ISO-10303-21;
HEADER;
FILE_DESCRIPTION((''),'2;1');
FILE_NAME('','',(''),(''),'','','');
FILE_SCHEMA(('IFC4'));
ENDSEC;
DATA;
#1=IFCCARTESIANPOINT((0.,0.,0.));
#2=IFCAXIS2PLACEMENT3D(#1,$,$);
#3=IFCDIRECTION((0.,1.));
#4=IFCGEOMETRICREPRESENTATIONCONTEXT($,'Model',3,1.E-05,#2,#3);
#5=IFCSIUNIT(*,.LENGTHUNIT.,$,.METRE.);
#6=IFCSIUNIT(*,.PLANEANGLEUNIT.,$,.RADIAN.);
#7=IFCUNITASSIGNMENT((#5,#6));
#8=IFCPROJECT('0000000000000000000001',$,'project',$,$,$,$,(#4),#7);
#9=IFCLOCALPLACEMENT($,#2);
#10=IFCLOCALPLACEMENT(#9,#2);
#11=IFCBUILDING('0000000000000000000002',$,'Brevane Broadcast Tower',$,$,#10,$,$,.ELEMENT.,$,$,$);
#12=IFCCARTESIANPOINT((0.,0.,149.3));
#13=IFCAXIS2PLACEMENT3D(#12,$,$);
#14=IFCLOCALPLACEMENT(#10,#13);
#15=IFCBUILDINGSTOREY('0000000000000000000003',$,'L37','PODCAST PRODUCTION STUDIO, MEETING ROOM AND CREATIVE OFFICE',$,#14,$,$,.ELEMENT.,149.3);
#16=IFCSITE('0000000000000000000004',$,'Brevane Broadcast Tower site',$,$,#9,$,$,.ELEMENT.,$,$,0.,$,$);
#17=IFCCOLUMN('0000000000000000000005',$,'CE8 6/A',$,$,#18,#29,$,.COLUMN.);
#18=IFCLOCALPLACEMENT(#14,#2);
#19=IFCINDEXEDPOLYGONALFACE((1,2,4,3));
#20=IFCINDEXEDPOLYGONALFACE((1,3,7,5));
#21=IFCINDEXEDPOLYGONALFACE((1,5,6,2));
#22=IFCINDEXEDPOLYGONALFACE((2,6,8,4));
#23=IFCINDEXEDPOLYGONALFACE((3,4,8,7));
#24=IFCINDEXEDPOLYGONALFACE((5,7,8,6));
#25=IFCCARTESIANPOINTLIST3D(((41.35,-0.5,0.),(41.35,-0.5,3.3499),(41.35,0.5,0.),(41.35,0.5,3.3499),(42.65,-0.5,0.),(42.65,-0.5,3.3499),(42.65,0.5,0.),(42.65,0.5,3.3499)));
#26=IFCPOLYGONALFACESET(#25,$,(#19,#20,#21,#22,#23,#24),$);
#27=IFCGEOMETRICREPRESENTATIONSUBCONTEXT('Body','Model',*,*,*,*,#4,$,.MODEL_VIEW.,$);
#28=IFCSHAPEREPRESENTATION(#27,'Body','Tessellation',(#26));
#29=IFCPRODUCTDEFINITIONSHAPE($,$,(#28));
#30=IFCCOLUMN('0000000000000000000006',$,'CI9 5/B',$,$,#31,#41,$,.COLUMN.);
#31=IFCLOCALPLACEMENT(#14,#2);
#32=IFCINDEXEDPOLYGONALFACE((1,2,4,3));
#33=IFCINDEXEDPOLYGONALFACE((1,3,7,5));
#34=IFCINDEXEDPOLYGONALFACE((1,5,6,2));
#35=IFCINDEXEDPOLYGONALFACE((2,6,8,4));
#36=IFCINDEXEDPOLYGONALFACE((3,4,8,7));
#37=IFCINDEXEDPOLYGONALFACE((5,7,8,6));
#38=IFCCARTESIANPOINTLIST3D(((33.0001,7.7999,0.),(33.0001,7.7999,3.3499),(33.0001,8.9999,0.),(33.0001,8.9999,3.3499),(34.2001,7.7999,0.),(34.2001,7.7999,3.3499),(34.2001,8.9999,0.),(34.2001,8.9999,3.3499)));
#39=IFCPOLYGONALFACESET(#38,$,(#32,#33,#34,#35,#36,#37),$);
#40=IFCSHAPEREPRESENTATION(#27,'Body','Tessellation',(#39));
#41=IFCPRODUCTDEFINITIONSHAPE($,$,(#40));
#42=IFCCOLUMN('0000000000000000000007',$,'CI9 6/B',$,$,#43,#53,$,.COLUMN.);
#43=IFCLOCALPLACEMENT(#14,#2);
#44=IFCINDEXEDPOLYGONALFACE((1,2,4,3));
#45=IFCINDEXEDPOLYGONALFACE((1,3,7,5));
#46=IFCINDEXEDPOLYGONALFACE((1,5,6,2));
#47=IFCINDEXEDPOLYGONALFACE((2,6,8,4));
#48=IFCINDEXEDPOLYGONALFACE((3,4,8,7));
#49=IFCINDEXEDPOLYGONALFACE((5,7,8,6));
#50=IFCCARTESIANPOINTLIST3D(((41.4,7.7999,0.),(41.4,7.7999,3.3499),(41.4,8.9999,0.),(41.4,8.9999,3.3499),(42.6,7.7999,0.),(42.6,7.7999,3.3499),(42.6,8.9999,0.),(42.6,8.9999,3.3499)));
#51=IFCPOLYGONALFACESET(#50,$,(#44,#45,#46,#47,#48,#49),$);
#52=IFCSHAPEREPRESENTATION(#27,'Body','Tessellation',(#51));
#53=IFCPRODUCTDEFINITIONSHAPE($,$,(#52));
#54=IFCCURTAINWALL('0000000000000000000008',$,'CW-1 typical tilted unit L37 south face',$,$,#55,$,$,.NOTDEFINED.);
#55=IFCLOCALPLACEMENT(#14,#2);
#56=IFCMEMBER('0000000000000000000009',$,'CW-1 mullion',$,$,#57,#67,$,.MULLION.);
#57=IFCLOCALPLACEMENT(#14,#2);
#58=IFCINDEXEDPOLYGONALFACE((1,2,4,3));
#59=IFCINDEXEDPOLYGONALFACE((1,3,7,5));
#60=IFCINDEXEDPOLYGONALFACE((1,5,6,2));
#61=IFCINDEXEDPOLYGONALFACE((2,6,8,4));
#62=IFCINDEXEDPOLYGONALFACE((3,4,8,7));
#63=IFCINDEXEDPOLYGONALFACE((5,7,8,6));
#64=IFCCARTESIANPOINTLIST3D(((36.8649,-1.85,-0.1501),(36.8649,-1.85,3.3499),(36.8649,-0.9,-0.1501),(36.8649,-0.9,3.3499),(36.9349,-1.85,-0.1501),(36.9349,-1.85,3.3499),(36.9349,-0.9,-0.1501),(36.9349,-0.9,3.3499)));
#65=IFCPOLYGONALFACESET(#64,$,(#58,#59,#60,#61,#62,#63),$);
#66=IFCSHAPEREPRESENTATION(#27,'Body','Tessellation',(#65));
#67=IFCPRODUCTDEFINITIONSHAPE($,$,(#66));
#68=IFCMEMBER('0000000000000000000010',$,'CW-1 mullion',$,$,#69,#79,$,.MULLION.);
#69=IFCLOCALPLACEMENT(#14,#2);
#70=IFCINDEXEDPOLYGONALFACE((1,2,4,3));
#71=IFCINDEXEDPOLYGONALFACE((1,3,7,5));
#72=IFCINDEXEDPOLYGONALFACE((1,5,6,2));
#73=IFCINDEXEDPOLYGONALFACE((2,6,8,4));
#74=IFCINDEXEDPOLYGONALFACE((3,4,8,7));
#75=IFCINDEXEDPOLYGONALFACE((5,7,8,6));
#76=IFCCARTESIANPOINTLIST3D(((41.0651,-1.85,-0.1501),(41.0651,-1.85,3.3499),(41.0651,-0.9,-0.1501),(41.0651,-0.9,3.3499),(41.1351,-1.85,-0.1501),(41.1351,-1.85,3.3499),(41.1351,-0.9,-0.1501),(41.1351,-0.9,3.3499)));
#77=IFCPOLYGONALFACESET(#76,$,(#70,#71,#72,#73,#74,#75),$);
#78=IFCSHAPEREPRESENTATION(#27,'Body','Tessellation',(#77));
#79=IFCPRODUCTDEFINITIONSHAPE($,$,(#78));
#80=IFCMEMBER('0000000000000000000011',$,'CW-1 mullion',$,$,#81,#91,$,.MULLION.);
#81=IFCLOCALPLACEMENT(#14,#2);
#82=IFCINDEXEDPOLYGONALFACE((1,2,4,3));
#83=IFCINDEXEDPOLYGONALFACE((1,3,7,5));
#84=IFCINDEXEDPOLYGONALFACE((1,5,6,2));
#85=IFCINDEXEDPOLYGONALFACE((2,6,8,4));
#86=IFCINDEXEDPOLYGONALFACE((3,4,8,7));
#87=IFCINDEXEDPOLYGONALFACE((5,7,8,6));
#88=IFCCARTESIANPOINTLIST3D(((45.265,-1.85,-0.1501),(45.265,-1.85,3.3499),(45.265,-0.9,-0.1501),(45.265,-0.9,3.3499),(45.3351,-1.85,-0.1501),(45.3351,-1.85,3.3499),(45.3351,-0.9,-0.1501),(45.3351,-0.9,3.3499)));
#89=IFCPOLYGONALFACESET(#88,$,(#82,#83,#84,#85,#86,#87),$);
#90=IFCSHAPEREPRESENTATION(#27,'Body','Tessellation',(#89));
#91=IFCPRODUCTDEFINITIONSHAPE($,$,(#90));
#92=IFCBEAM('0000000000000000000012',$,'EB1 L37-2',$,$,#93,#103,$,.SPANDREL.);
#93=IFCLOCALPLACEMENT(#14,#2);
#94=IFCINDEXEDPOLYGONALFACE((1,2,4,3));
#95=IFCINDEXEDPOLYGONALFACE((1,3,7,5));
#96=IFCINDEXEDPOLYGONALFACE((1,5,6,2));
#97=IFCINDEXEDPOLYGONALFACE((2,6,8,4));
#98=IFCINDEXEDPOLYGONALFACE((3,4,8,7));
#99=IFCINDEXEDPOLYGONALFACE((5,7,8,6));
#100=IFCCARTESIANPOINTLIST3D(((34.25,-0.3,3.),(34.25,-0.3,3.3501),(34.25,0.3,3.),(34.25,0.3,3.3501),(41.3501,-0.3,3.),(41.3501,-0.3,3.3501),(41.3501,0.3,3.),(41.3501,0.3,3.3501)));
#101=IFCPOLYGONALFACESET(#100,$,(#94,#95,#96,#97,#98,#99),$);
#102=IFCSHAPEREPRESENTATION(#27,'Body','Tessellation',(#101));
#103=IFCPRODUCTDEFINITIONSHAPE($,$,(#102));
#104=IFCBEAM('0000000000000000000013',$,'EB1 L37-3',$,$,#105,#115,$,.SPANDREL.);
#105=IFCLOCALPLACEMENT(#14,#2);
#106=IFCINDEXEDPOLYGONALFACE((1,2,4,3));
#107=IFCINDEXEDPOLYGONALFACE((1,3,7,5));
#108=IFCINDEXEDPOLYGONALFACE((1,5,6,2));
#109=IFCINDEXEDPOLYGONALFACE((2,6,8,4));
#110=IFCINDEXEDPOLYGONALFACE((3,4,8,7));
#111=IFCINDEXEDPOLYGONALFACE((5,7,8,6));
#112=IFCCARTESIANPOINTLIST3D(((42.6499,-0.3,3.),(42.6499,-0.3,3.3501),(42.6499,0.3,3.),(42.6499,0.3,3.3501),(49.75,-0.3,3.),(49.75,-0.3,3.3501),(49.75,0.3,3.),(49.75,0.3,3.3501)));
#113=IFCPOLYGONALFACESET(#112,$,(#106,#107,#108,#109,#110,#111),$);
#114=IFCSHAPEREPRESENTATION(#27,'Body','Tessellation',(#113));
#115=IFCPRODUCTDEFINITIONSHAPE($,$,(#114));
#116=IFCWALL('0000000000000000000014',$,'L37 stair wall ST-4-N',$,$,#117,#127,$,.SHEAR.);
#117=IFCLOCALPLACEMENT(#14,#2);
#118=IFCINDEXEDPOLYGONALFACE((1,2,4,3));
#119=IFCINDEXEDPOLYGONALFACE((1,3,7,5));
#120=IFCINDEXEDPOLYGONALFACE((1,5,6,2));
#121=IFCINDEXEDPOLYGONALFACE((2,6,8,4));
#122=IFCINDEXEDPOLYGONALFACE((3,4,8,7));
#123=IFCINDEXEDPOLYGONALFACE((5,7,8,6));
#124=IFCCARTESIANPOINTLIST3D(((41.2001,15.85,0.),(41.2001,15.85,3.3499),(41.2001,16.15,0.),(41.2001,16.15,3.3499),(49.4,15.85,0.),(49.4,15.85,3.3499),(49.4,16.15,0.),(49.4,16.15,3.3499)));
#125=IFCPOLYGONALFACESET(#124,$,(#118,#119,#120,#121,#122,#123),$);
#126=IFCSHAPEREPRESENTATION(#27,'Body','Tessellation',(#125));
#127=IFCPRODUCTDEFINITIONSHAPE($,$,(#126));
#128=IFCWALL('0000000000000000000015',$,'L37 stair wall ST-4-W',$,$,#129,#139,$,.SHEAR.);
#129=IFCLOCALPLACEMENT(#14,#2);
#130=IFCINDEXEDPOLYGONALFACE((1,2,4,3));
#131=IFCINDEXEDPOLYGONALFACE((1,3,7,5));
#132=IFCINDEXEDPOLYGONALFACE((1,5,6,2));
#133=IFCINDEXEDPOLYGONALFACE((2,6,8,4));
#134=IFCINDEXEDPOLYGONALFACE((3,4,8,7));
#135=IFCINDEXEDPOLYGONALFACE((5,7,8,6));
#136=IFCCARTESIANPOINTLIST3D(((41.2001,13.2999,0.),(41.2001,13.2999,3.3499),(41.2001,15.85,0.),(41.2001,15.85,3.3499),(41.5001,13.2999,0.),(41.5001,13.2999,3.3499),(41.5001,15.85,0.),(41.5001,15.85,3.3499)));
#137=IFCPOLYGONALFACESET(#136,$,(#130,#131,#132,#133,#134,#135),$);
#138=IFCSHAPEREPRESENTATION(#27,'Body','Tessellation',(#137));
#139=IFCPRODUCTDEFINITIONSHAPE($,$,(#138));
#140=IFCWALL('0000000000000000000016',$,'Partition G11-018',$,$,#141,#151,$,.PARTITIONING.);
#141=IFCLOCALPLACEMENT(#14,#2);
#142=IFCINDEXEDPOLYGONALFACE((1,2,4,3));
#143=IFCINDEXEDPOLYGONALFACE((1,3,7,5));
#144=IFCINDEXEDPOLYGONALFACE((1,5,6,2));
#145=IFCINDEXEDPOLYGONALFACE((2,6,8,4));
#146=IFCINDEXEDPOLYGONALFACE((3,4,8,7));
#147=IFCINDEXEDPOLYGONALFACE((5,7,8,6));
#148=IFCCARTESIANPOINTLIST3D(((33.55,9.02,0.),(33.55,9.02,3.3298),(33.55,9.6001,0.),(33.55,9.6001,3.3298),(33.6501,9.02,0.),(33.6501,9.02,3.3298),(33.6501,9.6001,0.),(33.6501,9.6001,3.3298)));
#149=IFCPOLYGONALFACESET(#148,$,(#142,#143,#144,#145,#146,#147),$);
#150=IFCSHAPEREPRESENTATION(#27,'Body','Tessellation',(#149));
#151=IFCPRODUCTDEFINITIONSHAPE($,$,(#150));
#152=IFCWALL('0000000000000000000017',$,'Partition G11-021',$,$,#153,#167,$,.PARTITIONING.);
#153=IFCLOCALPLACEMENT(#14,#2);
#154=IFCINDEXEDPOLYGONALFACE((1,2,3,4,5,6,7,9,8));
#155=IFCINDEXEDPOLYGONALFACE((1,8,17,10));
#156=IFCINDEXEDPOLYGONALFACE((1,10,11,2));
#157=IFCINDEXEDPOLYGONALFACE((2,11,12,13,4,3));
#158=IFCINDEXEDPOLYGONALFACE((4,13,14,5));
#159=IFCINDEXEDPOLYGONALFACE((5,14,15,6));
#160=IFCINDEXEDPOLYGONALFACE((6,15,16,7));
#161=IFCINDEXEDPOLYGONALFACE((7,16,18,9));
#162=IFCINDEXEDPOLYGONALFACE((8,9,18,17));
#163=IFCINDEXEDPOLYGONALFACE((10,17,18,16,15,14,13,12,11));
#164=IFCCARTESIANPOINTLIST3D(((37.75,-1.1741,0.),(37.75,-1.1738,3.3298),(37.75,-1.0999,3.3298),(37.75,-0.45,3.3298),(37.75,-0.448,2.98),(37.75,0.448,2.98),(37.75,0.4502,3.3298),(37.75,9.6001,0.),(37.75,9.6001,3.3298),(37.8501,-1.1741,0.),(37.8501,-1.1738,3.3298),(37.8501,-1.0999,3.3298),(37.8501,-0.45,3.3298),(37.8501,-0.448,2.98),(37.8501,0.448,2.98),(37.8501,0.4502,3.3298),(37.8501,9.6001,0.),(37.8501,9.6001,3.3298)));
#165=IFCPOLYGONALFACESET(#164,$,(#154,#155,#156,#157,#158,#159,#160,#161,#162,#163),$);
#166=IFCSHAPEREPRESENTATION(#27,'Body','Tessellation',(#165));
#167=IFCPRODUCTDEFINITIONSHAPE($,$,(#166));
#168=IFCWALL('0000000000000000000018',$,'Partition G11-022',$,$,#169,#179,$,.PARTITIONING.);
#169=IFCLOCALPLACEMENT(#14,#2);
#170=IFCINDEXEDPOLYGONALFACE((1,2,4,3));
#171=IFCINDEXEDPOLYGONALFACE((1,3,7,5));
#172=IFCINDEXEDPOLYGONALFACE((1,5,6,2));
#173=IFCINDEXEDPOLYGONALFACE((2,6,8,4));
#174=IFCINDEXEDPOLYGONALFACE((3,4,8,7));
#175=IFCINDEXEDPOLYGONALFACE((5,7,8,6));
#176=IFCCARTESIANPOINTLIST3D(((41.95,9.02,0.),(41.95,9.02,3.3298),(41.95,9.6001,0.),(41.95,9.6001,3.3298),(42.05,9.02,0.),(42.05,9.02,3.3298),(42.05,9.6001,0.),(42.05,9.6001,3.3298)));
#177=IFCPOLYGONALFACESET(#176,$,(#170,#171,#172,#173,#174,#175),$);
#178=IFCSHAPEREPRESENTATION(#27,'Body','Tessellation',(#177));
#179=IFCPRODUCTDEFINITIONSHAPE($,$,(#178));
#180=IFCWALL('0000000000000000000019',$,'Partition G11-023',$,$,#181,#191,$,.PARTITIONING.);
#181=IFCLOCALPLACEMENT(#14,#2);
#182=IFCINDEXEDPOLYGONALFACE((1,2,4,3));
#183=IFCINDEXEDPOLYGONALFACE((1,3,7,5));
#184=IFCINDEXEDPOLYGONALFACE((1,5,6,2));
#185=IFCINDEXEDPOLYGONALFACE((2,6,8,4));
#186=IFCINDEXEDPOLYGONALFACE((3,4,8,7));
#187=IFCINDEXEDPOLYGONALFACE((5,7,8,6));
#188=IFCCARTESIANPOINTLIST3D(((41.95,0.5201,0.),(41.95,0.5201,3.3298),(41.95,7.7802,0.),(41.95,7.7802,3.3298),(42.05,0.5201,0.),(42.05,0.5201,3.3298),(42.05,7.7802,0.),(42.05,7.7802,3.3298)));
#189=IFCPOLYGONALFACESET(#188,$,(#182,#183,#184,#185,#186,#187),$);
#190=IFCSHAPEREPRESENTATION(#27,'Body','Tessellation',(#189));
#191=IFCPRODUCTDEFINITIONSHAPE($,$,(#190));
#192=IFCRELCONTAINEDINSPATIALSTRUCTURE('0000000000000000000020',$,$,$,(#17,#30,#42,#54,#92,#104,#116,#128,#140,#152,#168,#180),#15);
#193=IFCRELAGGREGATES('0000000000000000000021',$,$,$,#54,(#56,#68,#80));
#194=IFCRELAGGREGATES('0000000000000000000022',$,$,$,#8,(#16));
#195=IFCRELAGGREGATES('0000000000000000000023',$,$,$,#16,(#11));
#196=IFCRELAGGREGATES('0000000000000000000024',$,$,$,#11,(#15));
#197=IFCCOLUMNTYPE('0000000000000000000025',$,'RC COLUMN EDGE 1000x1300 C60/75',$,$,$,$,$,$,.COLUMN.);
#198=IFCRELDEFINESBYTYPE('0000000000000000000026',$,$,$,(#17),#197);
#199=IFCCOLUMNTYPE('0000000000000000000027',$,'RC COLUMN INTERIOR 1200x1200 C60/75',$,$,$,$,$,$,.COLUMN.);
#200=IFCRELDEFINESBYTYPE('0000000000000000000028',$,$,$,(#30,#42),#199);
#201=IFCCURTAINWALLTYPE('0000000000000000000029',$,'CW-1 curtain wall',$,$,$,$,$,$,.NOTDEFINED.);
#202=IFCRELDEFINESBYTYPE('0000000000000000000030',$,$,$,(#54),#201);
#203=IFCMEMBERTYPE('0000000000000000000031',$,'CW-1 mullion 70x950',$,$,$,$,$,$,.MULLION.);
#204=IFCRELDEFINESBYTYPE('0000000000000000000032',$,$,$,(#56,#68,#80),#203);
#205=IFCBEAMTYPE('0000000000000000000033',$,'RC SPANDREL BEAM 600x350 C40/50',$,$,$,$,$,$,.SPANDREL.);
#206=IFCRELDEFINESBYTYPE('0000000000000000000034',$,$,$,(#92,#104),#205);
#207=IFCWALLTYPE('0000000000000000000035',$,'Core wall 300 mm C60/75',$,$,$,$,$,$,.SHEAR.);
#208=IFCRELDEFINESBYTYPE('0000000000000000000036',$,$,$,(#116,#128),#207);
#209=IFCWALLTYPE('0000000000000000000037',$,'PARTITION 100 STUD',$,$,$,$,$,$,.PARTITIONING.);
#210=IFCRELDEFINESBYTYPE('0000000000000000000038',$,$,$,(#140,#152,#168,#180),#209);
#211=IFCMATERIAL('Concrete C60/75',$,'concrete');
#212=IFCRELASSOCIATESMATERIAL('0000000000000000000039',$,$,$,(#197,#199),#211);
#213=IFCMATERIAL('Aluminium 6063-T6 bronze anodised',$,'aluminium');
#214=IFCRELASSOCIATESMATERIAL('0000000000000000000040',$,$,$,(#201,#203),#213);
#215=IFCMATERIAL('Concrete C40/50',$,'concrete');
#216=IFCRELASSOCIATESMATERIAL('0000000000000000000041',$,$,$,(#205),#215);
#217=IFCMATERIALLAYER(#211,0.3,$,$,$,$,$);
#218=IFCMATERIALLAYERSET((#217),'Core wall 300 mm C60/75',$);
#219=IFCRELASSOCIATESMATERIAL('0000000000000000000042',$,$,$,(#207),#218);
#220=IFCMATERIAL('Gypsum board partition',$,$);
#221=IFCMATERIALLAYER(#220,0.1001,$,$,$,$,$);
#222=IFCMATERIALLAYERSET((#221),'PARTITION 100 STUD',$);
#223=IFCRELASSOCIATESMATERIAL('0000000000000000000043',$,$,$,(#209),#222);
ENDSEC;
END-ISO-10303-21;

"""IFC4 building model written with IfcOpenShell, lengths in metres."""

from ifc_helpers import new_model, si_unit, direction, frame, frame_2d, origin, origin_2d, place, context, subcontext, project, spatial, polyline, rectangle, outline, extrude, material, layer, layer_set, material_profile, profile_set, type_object, element, aggregate, save


model = new_model("IFC4")

# Units and contexts
model_context = context("Model", 3, precision=1e-05, world=origin(), true_north=direction((0.0, 1.0)))
body_context = subcontext(model_context, "Body", "Model", "MODEL_VIEW")
ifc_project = project(units=[si_unit("LENGTHUNIT", "METRE"), si_unit("PLANEANGLEUNIT", "RADIAN")], contexts=[model_context])

# Site, building, storey
site_placement = place(None, origin())
site = spatial("IfcSite", under=ifc_project, at=site_placement, Name="Brevane Broadcast Tower site", CompositionType="ELEMENT", RefElevation=0.0)
building_placement = place(site_placement, origin())
building = spatial("IfcBuilding", under=site, at=building_placement, Name="Brevane Broadcast Tower", CompositionType="ELEMENT")
storey_placement = place(building_placement, frame((0.0, 0.0, 149.3)))
storey = spatial("IfcBuildingStorey", under=building, at=storey_placement, Name="L37", Description="PODCAST PRODUCTION STUDIO, MEETING ROOM AND CREATIVE OFFICE", CompositionType="ELEMENT", Elevation=149.3)

# Columns
ifc_material_1 = material(Name="Concrete C60/75", Category="concrete")
ifc_material_profile_1 = material_profile(ifc_material_1, rectangle(XDim=1.0, YDim=1.3, at=origin_2d()), Name="RC 1000x1300")
ifc_profile_set_1 = profile_set([ifc_material_profile_1], Name="Concrete C60/75")
column_type_1 = type_object("IfcColumnType", Name="RC COLUMN EDGE 1000x1300 C60/75", PredefinedType="COLUMN", material=ifc_profile_set_1)
column_placement = place(storey_placement, frame((42.0, 0.0, 0.0), z_axis=(0.0, 0.0, 1.0), x_axis=(0.0, 1.0, 0.0)))
element("IfcColumn", 1, at=column_placement, inside=storey, type_object=column_type_1, Name="CE8 6/A", PredefinedType="COLUMN", context=body_context, shape_type="SweptSolid", body=[
    extrude(rectangle(XDim=1.0, YDim=1.3, at=origin_2d()), origin(), (0.0, 0.0, 1.0), 3.3499),
])
ifc_material_profile_2 = material_profile(ifc_material_1, rectangle(XDim=1.2, YDim=1.2, at=origin_2d()), Name="RC 1200x1200")
ifc_profile_set_2 = profile_set([ifc_material_profile_2], Name="Concrete C60/75")
column_type_2 = type_object("IfcColumnType", Name="RC COLUMN INTERIOR 1200x1200 C60/75", PredefinedType="COLUMN", material=ifc_profile_set_2)
for number, where, z_axis, x_axis, name in (
    (2, (33.6001, 8.3999, 0.0), (0.0, 0.0, 1.0), (1.0, 0.0, 0.0), "CI9 5/B"),
    (3, (42.0, 8.3999, 0.0), (0.0, 0.0, 1.0), (1.0, 0.0, 0.0), "CI9 6/B"),
):
    element("IfcColumn", number, at=place(storey_placement, frame(where, z_axis=z_axis, x_axis=x_axis)), inside=storey, type_object=column_type_2, Name=name, PredefinedType="COLUMN", context=body_context, shape_type="SweptSolid", body=[
        extrude(rectangle(XDim=1.2, YDim=1.2, at=origin_2d()), origin(), (0.0, 0.0, 1.0), 3.3499),
    ])

# Curtain wall, members
ifc_material_2 = material(Name="Aluminium 6063-T6 bronze anodised", Category="aluminium")
curtain_wall_type = type_object("IfcCurtainWallType", Name="CW-1 curtain wall", PredefinedType="NOTDEFINED", material=ifc_material_2)
curtain_wall_placement = place(storey_placement, origin())
curtain_wall = element("IfcCurtainWall", 4, at=curtain_wall_placement, inside=storey, type_object=curtain_wall_type, Name="CW-1 typical tilted unit L37 south face", PredefinedType="NOTDEFINED")
ifc_material_profile_3 = material_profile(ifc_material_2, rectangle(XDim=0.95, YDim=0.0701, at=origin_2d()), Name="RECT 70x950")
ifc_profile_set_3 = profile_set([ifc_material_profile_3], Name="Aluminium 6063-T6 bronze anodised")
member_type = type_object("IfcMemberType", Name="CW-1 mullion 70x950", PredefinedType="MULLION", material=ifc_profile_set_3)
member_1_placement = place(storey_placement, frame((36.8999, -1.375, -0.1501), z_axis=(0.0, 0.0, 1.0), x_axis=(0.0, 1.0, 0.0)))
member_1 = element("IfcMember", 5, at=member_1_placement, type_object=member_type, Name="CW-1 mullion", PredefinedType="MULLION", context=body_context, shape_type="SweptSolid", body=[
    extrude(rectangle(XDim=0.95, YDim=0.0701, at=origin_2d()), origin(), (0.0, 0.0, 1.0), 3.5),
])
member_2_placement = place(storey_placement, frame((41.1001, -1.375, -0.1501), z_axis=(0.0, 0.0, 1.0), x_axis=(0.0, 1.0, 0.0)))
member_2 = element("IfcMember", 6, at=member_2_placement, type_object=member_type, Name="CW-1 mullion", PredefinedType="MULLION", context=body_context, shape_type="SweptSolid", body=[
    extrude(rectangle(XDim=0.95, YDim=0.0701, at=origin_2d()), origin(), (0.0, 0.0, 1.0), 3.5),
])
member_3_placement = place(storey_placement, frame((45.3, -1.375, -0.1501), z_axis=(0.0, 0.0, 1.0), x_axis=(0.0, 1.0, 0.0)))
member_3 = element("IfcMember", 7, at=member_3_placement, type_object=member_type, Name="CW-1 mullion", PredefinedType="MULLION", context=body_context, shape_type="SweptSolid", body=[
    extrude(rectangle(XDim=0.95, YDim=0.0701, at=origin_2d()), origin(), (0.0, 0.0, 1.0), 3.5),
])
aggregate(curtain_wall, [member_1, member_2, member_3])

# Beams
ifc_material_3 = material(Name="Concrete C40/50", Category="concrete")
ifc_material_profile_4 = material_profile(ifc_material_3, rectangle(XDim=0.6001, YDim=0.3501, at=origin_2d()), Name="RC 600x350")
ifc_profile_set_4 = profile_set([ifc_material_profile_4], Name="Concrete C40/50")
beam_type = type_object("IfcBeamType", Name="RC SPANDREL BEAM 600x350 C40/50", PredefinedType="SPANDREL", material=ifc_profile_set_4)
for number, where, z_axis, x_axis, name in (
    (8, (34.25, 0.0, 3.175), (1.0, 0.0, 0.0), (0.0, 1.0, 0.0), "EB1 L37-2"),
    (9, (42.6499, 0.0, 3.175), (1.0, 0.0, 0.0), (0.0, 1.0, 0.0), "EB1 L37-3"),
):
    element("IfcBeam", number, at=place(storey_placement, frame(where, z_axis=z_axis, x_axis=x_axis)), inside=storey, type_object=beam_type, Name=name, PredefinedType="SPANDREL", context=body_context, shape_type="SweptSolid", body=[
        extrude(rectangle(XDim=0.6001, YDim=0.3501, at=origin_2d()), origin(), (0.0, 0.0, 1.0), 7.1001),
    ])

# Walls
ifc_layer_1 = layer(ifc_material_1, 0.3)
ifc_layer_set_1 = layer_set([ifc_layer_1], Name="Core wall 300 mm C60/75")
wall_type_1 = type_object("IfcWallType", Name="Core wall 300 mm C60/75", PredefinedType="SHEAR", material=ifc_layer_set_1)
wall_1_placement = place(storey_placement, frame((41.2, 16.0, 0.0), z_axis=(0.0, 0.0, 1.0), x_axis=(1.0, 0.0, 0.0)))
element("IfcWall", 10, at=wall_1_placement, inside=storey, type_object=wall_type_1, Name="L37 stair wall ST-4-N", PredefinedType="SHEAR", context=body_context, shape_type="SweptSolid", body=[
    extrude(rectangle(XDim=8.2, YDim=0.3, at=frame_2d((4.1001, 0.0))), origin(), (0.0, 0.0, 1.0), 3.3499),
])
wall_2_placement = place(storey_placement, frame((41.3501, 13.3, 0.0), z_axis=(0.0, 0.0, 1.0), x_axis=(0.0, 1.0, 0.0)))
element("IfcWall", 11, at=wall_2_placement, inside=storey, type_object=wall_type_1, Name="L37 stair wall ST-4-W", PredefinedType="SHEAR", context=body_context, shape_type="SweptSolid", body=[
    extrude(rectangle(XDim=2.55, YDim=0.3, at=frame_2d((1.2749, 0.0))), origin(), (0.0, 0.0, 1.0), 3.3499),
])
ifc_material_4 = material(Name="Gypsum board partition")
ifc_layer_2 = layer(ifc_material_4, 0.1001)
ifc_layer_set_2 = layer_set([ifc_layer_2], Name="PARTITION 100 STUD")
wall_type_2 = type_object("IfcWallType", Name="PARTITION 100 STUD", PredefinedType="PARTITIONING", material=ifc_layer_set_2)
wall_3_placement = place(storey_placement, frame((33.6001, 9.6001, 0.0), z_axis=(0.0, 0.0, 1.0), x_axis=(0.0, -1.0, 0.0)))
element("IfcWall", 12, at=wall_3_placement, inside=storey, type_object=wall_type_2, Name="Partition G11-018", PredefinedType="PARTITIONING", context=body_context, shape_type="SweptSolid", body=[
    extrude(rectangle(XDim=0.5801, YDim=0.1001, at=frame_2d((0.29, 0.0))), origin(), (0.0, 0.0, 1.0), 3.3298),
])
wall_4_placement = place(storey_placement, frame((37.8, 9.6001, 0.0), z_axis=(0.0, 0.0, 1.0), x_axis=(0.0, -1.0, 0.0)))
element("IfcWall", 13, at=wall_4_placement, inside=storey, type_object=wall_type_2, Name="Partition G11-021", PredefinedType="PARTITIONING", context=body_context, shape_type="SweptSolid", body=[
    extrude(outline(polyline([(0.0, 0.0), (10.7742, 0.0), (10.7739, 3.3298), (10.7, 3.3298), (10.05, 3.3298), (10.0481, 2.98), (9.1521, 2.98), (9.1499, 3.3298), (0.0, 3.3298), (0.0, 0.0)])), frame((0.0, 0.05, 0.0), z_axis=(0.0, -1.0, 0.0), x_axis=(1.0, 0.0, 0.0)), (0.0, 0.0, 1.0), 0.1001),
])
wall_5_placement = place(storey_placement, frame((42.0, 9.6001, 0.0), z_axis=(0.0, 0.0, 1.0), x_axis=(0.0, -1.0, 0.0)))
element("IfcWall", 14, at=wall_5_placement, inside=storey, type_object=wall_type_2, Name="Partition G11-022", PredefinedType="PARTITIONING", context=body_context, shape_type="SweptSolid", body=[
    extrude(rectangle(XDim=0.5801, YDim=0.1001, at=frame_2d((0.29, 0.0))), origin(), (0.0, 0.0, 1.0), 3.3298),
])
wall_6_placement = place(storey_placement, frame((42.0, 7.78, 0.0), z_axis=(0.0, 0.0, 1.0), x_axis=(0.0, -1.0, 0.0)))
element("IfcWall", 15, at=wall_6_placement, inside=storey, type_object=wall_type_2, Name="Partition G11-023", PredefinedType="PARTITIONING", context=body_context, shape_type="SweptSolid", body=[
    extrude(rectangle(XDim=7.26, YDim=0.1001, at=frame_2d((3.6299, 0.0))), origin(), (0.0, 0.0, 1.0), 3.3298),
])

save(model, "model.ifc")
